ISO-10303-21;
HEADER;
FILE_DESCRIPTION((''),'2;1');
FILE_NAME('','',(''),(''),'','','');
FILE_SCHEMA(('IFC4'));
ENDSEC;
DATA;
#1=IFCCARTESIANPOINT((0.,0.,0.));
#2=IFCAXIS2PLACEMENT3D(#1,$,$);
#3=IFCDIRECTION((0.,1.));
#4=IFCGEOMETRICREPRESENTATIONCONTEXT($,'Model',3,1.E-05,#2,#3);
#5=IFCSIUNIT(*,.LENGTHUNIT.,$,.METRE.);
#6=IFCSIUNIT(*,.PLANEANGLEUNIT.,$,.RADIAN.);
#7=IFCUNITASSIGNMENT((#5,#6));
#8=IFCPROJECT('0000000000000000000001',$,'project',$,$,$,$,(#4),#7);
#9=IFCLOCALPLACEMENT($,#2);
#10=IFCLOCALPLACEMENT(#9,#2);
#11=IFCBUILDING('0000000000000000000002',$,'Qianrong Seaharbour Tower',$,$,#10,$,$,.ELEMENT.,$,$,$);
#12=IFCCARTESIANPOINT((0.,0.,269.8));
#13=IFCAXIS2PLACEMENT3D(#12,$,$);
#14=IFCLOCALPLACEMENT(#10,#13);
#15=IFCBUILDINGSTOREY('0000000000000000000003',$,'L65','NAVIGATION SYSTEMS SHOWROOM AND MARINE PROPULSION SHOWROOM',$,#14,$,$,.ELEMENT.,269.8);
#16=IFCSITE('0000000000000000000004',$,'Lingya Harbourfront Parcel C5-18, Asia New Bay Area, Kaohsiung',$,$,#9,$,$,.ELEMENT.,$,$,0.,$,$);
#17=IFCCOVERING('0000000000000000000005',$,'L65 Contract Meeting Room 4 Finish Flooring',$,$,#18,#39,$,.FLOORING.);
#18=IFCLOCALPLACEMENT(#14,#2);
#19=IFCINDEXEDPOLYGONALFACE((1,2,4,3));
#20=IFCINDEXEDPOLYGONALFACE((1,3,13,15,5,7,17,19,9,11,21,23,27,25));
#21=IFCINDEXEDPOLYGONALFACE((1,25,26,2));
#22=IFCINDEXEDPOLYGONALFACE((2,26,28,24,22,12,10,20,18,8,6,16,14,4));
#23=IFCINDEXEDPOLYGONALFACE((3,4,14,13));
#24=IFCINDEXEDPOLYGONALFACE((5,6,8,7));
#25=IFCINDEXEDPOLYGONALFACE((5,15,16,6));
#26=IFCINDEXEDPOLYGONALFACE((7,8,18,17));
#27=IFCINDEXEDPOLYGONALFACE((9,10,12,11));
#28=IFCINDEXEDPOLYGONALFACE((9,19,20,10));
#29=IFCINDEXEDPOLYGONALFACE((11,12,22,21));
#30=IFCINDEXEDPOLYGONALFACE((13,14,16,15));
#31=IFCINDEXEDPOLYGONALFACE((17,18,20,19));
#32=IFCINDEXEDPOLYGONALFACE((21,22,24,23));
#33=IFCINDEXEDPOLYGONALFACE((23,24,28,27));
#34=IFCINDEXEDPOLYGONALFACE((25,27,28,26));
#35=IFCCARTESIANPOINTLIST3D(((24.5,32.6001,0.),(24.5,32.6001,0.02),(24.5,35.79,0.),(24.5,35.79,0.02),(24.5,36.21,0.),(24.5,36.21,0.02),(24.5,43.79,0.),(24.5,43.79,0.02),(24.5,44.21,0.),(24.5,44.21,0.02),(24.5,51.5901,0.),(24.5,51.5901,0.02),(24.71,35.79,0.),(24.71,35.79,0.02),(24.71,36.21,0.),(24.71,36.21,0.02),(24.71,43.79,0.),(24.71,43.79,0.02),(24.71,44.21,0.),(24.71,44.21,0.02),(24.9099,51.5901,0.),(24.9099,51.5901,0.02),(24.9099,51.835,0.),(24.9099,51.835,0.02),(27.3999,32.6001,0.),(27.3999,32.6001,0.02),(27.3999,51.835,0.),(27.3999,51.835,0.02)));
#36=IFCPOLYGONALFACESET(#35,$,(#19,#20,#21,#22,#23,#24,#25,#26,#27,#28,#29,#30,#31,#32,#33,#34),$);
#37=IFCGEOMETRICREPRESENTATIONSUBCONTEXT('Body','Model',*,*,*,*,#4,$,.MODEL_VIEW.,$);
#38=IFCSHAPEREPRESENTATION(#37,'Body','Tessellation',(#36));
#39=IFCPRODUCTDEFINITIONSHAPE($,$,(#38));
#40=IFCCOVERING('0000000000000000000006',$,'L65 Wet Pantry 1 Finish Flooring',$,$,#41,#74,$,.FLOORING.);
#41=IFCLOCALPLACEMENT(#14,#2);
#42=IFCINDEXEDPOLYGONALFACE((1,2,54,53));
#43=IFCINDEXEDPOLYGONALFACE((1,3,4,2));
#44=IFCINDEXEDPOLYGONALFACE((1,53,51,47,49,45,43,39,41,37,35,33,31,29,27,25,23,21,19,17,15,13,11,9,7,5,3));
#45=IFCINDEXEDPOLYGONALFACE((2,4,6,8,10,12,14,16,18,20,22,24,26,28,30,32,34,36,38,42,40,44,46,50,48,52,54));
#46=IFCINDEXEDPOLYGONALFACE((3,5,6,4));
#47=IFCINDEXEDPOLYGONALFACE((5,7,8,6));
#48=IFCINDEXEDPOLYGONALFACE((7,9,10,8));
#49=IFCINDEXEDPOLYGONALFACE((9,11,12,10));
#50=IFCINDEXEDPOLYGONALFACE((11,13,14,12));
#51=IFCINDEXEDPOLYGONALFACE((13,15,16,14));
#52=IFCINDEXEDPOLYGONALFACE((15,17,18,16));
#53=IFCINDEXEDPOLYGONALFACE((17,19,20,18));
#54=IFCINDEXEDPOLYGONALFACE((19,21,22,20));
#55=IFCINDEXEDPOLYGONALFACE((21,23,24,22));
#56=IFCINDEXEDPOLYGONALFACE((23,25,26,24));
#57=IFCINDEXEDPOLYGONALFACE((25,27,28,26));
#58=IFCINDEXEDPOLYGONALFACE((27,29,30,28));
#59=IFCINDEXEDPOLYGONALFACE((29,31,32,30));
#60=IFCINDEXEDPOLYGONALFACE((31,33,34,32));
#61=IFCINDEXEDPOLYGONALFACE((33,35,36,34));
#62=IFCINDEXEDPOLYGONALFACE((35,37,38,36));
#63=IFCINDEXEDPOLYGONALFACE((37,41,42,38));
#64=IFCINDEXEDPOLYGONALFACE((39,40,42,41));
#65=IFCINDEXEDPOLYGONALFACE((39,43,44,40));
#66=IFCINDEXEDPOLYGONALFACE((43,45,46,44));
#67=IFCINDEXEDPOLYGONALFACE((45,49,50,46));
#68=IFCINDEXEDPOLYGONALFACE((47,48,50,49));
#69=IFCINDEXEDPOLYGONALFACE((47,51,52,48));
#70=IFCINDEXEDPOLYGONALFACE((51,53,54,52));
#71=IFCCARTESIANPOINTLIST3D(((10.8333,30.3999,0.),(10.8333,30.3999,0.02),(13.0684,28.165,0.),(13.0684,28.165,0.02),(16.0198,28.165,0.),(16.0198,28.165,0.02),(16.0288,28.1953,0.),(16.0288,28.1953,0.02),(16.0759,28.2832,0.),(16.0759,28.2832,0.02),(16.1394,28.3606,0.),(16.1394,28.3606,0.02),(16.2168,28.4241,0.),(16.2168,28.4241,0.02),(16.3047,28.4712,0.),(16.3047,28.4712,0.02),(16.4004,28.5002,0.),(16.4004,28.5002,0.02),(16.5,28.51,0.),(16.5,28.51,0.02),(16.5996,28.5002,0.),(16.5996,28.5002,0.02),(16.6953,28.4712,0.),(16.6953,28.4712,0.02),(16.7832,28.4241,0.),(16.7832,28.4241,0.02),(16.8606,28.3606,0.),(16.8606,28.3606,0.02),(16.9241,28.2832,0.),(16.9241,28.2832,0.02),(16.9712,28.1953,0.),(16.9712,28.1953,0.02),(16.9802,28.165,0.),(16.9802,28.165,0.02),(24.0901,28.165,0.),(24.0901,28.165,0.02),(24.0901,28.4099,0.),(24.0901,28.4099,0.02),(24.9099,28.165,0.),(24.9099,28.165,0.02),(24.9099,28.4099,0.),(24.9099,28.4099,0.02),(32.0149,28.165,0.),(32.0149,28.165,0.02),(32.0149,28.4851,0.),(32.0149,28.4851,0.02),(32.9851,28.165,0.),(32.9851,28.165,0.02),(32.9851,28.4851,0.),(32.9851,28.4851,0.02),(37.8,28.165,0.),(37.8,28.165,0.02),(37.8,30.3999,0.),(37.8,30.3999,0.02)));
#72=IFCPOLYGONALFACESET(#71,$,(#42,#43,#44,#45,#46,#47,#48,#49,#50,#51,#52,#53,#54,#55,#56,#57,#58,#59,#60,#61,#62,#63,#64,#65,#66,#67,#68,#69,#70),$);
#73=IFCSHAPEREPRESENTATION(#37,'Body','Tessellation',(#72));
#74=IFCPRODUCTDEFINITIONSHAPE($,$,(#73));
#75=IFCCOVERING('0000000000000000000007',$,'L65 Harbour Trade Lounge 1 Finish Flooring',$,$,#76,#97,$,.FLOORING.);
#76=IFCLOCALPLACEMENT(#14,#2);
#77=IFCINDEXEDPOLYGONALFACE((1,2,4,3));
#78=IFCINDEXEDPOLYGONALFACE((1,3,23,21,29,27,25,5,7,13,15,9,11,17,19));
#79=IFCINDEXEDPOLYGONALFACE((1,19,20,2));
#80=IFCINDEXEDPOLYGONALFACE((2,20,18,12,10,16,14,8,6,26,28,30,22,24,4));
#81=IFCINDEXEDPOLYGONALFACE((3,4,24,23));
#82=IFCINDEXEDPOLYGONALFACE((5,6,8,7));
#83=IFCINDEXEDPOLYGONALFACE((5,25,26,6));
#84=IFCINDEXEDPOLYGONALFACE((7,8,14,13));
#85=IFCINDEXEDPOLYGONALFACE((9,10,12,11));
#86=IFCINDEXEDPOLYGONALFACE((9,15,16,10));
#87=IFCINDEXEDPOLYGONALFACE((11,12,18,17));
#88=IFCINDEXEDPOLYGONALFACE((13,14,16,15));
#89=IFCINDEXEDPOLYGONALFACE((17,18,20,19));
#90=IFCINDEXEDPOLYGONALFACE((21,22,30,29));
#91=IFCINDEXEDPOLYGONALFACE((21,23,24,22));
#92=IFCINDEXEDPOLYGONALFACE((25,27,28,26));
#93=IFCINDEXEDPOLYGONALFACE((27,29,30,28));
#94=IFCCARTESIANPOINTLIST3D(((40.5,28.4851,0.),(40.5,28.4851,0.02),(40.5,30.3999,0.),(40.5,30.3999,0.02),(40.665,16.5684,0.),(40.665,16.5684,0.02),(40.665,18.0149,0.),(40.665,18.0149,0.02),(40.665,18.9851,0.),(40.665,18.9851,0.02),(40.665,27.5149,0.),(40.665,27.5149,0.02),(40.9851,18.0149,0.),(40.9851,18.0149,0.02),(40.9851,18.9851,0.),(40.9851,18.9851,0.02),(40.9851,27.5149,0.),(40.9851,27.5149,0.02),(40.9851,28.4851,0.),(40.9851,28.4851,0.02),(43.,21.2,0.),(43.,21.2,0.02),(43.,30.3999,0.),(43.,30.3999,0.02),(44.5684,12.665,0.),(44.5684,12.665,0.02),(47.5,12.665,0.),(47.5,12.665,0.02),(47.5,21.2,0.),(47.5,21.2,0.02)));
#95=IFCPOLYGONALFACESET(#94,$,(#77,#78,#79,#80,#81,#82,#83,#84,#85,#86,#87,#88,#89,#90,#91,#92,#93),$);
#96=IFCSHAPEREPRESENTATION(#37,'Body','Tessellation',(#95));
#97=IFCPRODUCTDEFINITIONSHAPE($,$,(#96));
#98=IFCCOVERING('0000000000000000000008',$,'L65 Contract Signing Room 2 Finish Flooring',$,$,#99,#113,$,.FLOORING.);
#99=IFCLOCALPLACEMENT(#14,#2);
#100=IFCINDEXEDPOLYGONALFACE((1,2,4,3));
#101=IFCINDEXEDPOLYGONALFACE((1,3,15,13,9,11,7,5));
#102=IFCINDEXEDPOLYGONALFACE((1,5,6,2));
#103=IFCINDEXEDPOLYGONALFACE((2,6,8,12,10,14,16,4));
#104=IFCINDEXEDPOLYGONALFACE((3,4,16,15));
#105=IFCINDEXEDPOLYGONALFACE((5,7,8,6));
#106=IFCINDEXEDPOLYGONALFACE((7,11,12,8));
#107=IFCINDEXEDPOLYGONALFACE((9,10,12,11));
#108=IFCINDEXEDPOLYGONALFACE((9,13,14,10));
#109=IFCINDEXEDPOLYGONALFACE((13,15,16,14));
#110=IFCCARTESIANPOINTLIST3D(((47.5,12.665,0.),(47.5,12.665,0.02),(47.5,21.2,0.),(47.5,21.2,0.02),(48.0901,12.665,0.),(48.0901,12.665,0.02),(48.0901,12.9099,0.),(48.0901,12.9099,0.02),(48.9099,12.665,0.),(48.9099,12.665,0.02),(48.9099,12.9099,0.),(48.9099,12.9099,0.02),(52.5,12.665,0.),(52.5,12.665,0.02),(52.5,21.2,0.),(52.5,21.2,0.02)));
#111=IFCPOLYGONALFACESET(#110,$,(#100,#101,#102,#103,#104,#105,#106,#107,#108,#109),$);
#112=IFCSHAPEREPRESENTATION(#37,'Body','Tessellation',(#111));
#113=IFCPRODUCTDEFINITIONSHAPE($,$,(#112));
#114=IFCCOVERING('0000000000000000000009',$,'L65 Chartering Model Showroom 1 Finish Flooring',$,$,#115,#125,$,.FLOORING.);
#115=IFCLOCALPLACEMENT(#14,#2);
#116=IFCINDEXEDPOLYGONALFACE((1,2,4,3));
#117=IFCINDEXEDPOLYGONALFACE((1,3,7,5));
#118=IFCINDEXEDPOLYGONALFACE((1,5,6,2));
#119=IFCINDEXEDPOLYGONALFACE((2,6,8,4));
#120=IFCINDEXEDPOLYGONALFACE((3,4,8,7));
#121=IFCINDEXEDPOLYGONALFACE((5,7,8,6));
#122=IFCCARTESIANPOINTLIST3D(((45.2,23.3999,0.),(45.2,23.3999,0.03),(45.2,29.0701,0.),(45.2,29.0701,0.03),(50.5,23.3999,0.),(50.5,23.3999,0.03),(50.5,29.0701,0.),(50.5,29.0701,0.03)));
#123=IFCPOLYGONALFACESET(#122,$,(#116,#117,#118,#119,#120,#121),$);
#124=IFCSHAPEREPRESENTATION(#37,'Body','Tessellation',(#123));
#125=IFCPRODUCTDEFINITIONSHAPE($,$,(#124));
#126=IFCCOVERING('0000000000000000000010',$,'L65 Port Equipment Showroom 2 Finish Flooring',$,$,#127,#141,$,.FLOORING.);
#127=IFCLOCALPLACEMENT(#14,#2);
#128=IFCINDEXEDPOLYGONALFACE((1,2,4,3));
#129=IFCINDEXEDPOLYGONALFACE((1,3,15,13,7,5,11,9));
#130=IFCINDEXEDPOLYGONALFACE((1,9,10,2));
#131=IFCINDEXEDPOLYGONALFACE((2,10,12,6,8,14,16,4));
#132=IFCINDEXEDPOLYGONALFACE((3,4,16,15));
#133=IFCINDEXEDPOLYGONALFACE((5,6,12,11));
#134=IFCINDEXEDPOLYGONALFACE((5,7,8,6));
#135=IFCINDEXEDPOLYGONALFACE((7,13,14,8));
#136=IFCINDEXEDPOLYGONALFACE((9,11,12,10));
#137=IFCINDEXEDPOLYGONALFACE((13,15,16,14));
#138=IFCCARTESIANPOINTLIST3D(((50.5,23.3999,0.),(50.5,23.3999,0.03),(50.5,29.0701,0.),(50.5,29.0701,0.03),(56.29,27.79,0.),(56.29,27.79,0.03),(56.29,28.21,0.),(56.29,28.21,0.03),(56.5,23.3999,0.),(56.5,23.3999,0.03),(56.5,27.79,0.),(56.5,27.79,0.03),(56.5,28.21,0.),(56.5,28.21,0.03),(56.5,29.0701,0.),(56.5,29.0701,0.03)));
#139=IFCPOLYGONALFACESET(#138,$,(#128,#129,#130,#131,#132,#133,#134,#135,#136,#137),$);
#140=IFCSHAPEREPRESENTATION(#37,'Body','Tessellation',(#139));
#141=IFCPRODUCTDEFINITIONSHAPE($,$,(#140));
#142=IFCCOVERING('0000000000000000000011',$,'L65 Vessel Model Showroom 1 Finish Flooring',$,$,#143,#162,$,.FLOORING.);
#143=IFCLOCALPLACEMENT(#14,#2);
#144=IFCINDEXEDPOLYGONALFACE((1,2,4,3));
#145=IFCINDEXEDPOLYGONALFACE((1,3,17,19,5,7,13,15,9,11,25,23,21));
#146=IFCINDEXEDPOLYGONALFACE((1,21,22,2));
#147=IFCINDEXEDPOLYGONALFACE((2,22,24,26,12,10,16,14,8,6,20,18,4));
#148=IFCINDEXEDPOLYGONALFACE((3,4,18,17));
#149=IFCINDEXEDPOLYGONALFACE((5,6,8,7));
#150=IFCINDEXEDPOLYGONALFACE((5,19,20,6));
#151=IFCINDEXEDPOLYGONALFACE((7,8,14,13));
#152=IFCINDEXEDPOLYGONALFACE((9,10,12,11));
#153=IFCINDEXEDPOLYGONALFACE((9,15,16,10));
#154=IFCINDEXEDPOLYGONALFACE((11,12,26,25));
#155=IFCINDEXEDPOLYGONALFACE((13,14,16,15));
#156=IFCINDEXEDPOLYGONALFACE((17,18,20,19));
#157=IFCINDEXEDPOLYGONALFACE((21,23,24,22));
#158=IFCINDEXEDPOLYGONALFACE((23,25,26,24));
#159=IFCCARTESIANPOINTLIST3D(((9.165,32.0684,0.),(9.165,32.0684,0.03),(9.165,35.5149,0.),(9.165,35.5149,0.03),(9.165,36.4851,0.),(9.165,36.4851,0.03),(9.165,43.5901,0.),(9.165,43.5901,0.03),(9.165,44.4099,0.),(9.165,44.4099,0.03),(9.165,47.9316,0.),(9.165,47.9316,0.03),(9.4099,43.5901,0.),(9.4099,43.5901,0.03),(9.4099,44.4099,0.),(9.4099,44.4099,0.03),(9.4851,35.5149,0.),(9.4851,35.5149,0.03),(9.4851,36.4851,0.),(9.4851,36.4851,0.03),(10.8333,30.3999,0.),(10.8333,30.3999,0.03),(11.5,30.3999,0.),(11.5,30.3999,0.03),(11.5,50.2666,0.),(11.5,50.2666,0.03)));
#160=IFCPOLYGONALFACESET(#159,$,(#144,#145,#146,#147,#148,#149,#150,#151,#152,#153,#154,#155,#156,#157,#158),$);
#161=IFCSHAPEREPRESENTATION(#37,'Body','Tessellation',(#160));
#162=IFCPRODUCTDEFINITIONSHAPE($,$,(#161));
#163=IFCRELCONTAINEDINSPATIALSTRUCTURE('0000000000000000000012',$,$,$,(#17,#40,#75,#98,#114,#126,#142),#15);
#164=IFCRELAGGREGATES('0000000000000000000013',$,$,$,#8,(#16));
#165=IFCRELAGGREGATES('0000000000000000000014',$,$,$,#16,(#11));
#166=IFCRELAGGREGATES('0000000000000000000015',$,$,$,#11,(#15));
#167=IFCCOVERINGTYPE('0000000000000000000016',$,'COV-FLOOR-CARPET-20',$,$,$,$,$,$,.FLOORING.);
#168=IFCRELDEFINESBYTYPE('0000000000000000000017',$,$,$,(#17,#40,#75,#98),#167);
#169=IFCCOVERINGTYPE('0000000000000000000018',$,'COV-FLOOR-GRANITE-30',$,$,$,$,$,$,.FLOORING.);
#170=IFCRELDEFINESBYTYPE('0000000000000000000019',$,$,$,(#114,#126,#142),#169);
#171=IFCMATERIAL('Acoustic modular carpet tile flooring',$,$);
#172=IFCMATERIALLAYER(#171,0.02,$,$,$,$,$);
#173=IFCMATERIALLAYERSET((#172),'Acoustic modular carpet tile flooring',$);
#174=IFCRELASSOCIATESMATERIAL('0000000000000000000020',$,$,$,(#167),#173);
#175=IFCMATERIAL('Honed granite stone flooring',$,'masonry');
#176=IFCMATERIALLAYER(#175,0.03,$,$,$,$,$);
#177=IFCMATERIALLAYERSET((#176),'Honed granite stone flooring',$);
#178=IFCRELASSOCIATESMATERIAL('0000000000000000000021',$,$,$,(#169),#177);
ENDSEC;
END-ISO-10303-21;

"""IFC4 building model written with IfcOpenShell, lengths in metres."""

from ifc_helpers import new_model, si_unit, direction, frame, origin, place, context, subcontext, project, spatial, polyline, outline, extrude, material, layer, layer_set, type_object, element, save


model = new_model("IFC4")

# Units and contexts
model_context = context("Model", 3, precision=1e-05, world=origin(), true_north=direction((0.0, 1.0)))
body_context = subcontext(model_context, "Body", "Model", "MODEL_VIEW")
ifc_project = project(units=[si_unit("LENGTHUNIT", "METRE"), si_unit("PLANEANGLEUNIT", "RADIAN")], contexts=[model_context])

# Site, building, storey
site_placement = place(None, origin())
site = spatial("IfcSite", under=ifc_project, at=site_placement, Name="Lingya Harbourfront Parcel C5-18, Asia New Bay Area, Kaohsiung", CompositionType="ELEMENT", RefElevation=0.0)
building_placement = place(site_placement, origin())
building = spatial("IfcBuilding", under=site, at=building_placement, Name="Qianrong Seaharbour Tower", CompositionType="ELEMENT")
storey_placement = place(building_placement, frame((0.0, 0.0, 269.8)))
storey = spatial("IfcBuildingStorey", under=building, at=storey_placement, Name="L65", Description="NAVIGATION SYSTEMS SHOWROOM AND MARINE PROPULSION SHOWROOM", CompositionType="ELEMENT", Elevation=269.8)

# Coverings
ifc_material_1 = material(Name="Acoustic modular carpet tile flooring")
ifc_layer_1 = layer(ifc_material_1, 0.02)
ifc_layer_set_1 = layer_set([ifc_layer_1], Name="Acoustic modular carpet tile flooring")
covering_type_1 = type_object("IfcCoveringType", Name="COV-FLOOR-CARPET-20", PredefinedType="FLOORING", material=ifc_layer_set_1)
covering_1_placement = place(storey_placement, origin())
element("IfcCovering", 1, at=covering_1_placement, inside=storey, type_object=covering_type_1, Name="L65 Contract Meeting Room 4 Finish Flooring", PredefinedType="FLOORING", context=body_context, shape_type="SweptSolid", body=[
    extrude(outline(polyline([(27.3999, 51.835), (27.3999, 32.6001), (24.5, 32.6001), (24.5, 35.79), (24.71, 35.79), (24.71, 36.21), (24.5, 36.21), (24.5, 43.79), (24.71, 43.79), (24.71, 44.21), (24.5, 44.21), (24.5, 51.5901), (24.9099, 51.5901), (24.9099, 51.835), (27.3999, 51.835)])), origin(), (0.0, 0.0, 1.0), 0.02),
])
covering_2_placement = place(storey_placement, origin())
element("IfcCovering", 2, at=covering_2_placement, inside=storey, type_object=covering_type_1, Name="L65 Wet Pantry 1 Finish Flooring", PredefinedType="FLOORING", context=body_context, shape_type="SweptSolid", body=[
    extrude(outline(polyline([(32.9851, 28.165), (32.9851, 28.4851), (32.0149, 28.4851), (32.0149, 28.165), (24.9099, 28.165), (24.9099, 28.4099), (24.0901, 28.4099), (24.0901, 28.165), (16.9802, 28.165), (16.9712, 28.1953), (16.9241, 28.2832), (16.8606, 28.3606), (16.7832, 28.4241), (16.6953, 28.4712), (16.5996, 28.5002), (16.5, 28.51), (16.4004, 28.5002), (16.3047, 28.4712), (16.2168, 28.4241), (16.1394, 28.3606), (16.0759, 28.2832), (16.0288, 28.1953), (16.0198, 28.165), (13.0684, 28.165), (10.8333, 30.3999), (37.8, 30.3999), (37.8, 28.165), (32.9851, 28.165)])), origin(), (0.0, 0.0, 1.0), 0.02),
])
covering_3_placement = place(storey_placement, origin())
element("IfcCovering", 3, at=covering_3_placement, inside=storey, type_object=covering_type_1, Name="L65 Harbour Trade Lounge 1 Finish Flooring", PredefinedType="FLOORING", context=body_context, shape_type="SweptSolid", body=[
    extrude(outline(polyline([(43.0, 21.2), (47.5, 21.2), (47.5, 12.665), (44.5684, 12.665), (40.665, 16.5684), (40.665, 18.0149), (40.9851, 18.0149), (40.9851, 18.9851), (40.665, 18.9851), (40.665, 27.5149), (40.9851, 27.5149), (40.9851, 28.4851), (40.5, 28.4851), (40.5, 30.3999), (43.0, 30.3999), (43.0, 21.2)])), origin(), (0.0, 0.0, 1.0), 0.02),
])
covering_4_placement = place(storey_placement, origin())
element("IfcCovering", 4, at=covering_4_placement, inside=storey, type_object=covering_type_1, Name="L65 Contract Signing Room 2 Finish Flooring", PredefinedType="FLOORING", context=body_context, shape_type="SweptSolid", body=[
    extrude(outline(polyline([(48.9099, 12.665), (48.9099, 12.9099), (48.0901, 12.9099), (48.0901, 12.665), (47.5, 12.665), (47.5, 21.2), (52.5, 21.2), (52.5, 12.665), (48.9099, 12.665)])), origin(), (0.0, 0.0, 1.0), 0.02),
])
ifc_material_2 = material(Name="Honed granite stone flooring", Category="masonry")
ifc_layer_2 = layer(ifc_material_2, 0.03)
ifc_layer_set_2 = layer_set([ifc_layer_2], Name="Honed granite stone flooring")
covering_type_2 = type_object("IfcCoveringType", Name="COV-FLOOR-GRANITE-30", PredefinedType="FLOORING", material=ifc_layer_set_2)
covering_5_placement = place(storey_placement, origin())
element("IfcCovering", 5, at=covering_5_placement, inside=storey, type_object=covering_type_2, Name="L65 Chartering Model Showroom 1 Finish Flooring", PredefinedType="FLOORING", context=body_context, shape_type="SweptSolid", body=[
    extrude(outline(polyline([(50.5, 29.0701), (50.5, 23.3999), (45.2, 23.3999), (45.2, 29.0701), (50.5, 29.0701)])), origin(), (0.0, 0.0, 1.0), 0.03),
])
covering_6_placement = place(storey_placement, origin())
element("IfcCovering", 6, at=covering_6_placement, inside=storey, type_object=covering_type_2, Name="L65 Port Equipment Showroom 2 Finish Flooring", PredefinedType="FLOORING", context=body_context, shape_type="SweptSolid", body=[
    extrude(outline(polyline([(56.5, 29.0701), (56.5, 28.21), (56.29, 28.21), (56.29, 27.79), (56.5, 27.79), (56.5, 23.3999), (50.5, 23.3999), (50.5, 29.0701), (56.5, 29.0701)])), origin(), (0.0, 0.0, 1.0), 0.03),
])
covering_7_placement = place(storey_placement, origin())
element("IfcCovering", 7, at=covering_7_placement, inside=storey, type_object=covering_type_2, Name="L65 Vessel Model Showroom 1 Finish Flooring", PredefinedType="FLOORING", context=body_context, shape_type="SweptSolid", body=[
    extrude(outline(polyline([(9.165, 32.0684), (9.165, 35.5149), (9.4851, 35.5149), (9.4851, 36.4851), (9.165, 36.4851), (9.165, 43.5901), (9.4099, 43.5901), (9.4099, 44.4099), (9.165, 44.4099), (9.165, 47.9316), (11.5, 50.2666), (11.5, 30.3999), (10.8333, 30.3999), (9.165, 32.0684)])), origin(), (0.0, 0.0, 1.0), 0.03),
])

save(model, "model.ifc")
